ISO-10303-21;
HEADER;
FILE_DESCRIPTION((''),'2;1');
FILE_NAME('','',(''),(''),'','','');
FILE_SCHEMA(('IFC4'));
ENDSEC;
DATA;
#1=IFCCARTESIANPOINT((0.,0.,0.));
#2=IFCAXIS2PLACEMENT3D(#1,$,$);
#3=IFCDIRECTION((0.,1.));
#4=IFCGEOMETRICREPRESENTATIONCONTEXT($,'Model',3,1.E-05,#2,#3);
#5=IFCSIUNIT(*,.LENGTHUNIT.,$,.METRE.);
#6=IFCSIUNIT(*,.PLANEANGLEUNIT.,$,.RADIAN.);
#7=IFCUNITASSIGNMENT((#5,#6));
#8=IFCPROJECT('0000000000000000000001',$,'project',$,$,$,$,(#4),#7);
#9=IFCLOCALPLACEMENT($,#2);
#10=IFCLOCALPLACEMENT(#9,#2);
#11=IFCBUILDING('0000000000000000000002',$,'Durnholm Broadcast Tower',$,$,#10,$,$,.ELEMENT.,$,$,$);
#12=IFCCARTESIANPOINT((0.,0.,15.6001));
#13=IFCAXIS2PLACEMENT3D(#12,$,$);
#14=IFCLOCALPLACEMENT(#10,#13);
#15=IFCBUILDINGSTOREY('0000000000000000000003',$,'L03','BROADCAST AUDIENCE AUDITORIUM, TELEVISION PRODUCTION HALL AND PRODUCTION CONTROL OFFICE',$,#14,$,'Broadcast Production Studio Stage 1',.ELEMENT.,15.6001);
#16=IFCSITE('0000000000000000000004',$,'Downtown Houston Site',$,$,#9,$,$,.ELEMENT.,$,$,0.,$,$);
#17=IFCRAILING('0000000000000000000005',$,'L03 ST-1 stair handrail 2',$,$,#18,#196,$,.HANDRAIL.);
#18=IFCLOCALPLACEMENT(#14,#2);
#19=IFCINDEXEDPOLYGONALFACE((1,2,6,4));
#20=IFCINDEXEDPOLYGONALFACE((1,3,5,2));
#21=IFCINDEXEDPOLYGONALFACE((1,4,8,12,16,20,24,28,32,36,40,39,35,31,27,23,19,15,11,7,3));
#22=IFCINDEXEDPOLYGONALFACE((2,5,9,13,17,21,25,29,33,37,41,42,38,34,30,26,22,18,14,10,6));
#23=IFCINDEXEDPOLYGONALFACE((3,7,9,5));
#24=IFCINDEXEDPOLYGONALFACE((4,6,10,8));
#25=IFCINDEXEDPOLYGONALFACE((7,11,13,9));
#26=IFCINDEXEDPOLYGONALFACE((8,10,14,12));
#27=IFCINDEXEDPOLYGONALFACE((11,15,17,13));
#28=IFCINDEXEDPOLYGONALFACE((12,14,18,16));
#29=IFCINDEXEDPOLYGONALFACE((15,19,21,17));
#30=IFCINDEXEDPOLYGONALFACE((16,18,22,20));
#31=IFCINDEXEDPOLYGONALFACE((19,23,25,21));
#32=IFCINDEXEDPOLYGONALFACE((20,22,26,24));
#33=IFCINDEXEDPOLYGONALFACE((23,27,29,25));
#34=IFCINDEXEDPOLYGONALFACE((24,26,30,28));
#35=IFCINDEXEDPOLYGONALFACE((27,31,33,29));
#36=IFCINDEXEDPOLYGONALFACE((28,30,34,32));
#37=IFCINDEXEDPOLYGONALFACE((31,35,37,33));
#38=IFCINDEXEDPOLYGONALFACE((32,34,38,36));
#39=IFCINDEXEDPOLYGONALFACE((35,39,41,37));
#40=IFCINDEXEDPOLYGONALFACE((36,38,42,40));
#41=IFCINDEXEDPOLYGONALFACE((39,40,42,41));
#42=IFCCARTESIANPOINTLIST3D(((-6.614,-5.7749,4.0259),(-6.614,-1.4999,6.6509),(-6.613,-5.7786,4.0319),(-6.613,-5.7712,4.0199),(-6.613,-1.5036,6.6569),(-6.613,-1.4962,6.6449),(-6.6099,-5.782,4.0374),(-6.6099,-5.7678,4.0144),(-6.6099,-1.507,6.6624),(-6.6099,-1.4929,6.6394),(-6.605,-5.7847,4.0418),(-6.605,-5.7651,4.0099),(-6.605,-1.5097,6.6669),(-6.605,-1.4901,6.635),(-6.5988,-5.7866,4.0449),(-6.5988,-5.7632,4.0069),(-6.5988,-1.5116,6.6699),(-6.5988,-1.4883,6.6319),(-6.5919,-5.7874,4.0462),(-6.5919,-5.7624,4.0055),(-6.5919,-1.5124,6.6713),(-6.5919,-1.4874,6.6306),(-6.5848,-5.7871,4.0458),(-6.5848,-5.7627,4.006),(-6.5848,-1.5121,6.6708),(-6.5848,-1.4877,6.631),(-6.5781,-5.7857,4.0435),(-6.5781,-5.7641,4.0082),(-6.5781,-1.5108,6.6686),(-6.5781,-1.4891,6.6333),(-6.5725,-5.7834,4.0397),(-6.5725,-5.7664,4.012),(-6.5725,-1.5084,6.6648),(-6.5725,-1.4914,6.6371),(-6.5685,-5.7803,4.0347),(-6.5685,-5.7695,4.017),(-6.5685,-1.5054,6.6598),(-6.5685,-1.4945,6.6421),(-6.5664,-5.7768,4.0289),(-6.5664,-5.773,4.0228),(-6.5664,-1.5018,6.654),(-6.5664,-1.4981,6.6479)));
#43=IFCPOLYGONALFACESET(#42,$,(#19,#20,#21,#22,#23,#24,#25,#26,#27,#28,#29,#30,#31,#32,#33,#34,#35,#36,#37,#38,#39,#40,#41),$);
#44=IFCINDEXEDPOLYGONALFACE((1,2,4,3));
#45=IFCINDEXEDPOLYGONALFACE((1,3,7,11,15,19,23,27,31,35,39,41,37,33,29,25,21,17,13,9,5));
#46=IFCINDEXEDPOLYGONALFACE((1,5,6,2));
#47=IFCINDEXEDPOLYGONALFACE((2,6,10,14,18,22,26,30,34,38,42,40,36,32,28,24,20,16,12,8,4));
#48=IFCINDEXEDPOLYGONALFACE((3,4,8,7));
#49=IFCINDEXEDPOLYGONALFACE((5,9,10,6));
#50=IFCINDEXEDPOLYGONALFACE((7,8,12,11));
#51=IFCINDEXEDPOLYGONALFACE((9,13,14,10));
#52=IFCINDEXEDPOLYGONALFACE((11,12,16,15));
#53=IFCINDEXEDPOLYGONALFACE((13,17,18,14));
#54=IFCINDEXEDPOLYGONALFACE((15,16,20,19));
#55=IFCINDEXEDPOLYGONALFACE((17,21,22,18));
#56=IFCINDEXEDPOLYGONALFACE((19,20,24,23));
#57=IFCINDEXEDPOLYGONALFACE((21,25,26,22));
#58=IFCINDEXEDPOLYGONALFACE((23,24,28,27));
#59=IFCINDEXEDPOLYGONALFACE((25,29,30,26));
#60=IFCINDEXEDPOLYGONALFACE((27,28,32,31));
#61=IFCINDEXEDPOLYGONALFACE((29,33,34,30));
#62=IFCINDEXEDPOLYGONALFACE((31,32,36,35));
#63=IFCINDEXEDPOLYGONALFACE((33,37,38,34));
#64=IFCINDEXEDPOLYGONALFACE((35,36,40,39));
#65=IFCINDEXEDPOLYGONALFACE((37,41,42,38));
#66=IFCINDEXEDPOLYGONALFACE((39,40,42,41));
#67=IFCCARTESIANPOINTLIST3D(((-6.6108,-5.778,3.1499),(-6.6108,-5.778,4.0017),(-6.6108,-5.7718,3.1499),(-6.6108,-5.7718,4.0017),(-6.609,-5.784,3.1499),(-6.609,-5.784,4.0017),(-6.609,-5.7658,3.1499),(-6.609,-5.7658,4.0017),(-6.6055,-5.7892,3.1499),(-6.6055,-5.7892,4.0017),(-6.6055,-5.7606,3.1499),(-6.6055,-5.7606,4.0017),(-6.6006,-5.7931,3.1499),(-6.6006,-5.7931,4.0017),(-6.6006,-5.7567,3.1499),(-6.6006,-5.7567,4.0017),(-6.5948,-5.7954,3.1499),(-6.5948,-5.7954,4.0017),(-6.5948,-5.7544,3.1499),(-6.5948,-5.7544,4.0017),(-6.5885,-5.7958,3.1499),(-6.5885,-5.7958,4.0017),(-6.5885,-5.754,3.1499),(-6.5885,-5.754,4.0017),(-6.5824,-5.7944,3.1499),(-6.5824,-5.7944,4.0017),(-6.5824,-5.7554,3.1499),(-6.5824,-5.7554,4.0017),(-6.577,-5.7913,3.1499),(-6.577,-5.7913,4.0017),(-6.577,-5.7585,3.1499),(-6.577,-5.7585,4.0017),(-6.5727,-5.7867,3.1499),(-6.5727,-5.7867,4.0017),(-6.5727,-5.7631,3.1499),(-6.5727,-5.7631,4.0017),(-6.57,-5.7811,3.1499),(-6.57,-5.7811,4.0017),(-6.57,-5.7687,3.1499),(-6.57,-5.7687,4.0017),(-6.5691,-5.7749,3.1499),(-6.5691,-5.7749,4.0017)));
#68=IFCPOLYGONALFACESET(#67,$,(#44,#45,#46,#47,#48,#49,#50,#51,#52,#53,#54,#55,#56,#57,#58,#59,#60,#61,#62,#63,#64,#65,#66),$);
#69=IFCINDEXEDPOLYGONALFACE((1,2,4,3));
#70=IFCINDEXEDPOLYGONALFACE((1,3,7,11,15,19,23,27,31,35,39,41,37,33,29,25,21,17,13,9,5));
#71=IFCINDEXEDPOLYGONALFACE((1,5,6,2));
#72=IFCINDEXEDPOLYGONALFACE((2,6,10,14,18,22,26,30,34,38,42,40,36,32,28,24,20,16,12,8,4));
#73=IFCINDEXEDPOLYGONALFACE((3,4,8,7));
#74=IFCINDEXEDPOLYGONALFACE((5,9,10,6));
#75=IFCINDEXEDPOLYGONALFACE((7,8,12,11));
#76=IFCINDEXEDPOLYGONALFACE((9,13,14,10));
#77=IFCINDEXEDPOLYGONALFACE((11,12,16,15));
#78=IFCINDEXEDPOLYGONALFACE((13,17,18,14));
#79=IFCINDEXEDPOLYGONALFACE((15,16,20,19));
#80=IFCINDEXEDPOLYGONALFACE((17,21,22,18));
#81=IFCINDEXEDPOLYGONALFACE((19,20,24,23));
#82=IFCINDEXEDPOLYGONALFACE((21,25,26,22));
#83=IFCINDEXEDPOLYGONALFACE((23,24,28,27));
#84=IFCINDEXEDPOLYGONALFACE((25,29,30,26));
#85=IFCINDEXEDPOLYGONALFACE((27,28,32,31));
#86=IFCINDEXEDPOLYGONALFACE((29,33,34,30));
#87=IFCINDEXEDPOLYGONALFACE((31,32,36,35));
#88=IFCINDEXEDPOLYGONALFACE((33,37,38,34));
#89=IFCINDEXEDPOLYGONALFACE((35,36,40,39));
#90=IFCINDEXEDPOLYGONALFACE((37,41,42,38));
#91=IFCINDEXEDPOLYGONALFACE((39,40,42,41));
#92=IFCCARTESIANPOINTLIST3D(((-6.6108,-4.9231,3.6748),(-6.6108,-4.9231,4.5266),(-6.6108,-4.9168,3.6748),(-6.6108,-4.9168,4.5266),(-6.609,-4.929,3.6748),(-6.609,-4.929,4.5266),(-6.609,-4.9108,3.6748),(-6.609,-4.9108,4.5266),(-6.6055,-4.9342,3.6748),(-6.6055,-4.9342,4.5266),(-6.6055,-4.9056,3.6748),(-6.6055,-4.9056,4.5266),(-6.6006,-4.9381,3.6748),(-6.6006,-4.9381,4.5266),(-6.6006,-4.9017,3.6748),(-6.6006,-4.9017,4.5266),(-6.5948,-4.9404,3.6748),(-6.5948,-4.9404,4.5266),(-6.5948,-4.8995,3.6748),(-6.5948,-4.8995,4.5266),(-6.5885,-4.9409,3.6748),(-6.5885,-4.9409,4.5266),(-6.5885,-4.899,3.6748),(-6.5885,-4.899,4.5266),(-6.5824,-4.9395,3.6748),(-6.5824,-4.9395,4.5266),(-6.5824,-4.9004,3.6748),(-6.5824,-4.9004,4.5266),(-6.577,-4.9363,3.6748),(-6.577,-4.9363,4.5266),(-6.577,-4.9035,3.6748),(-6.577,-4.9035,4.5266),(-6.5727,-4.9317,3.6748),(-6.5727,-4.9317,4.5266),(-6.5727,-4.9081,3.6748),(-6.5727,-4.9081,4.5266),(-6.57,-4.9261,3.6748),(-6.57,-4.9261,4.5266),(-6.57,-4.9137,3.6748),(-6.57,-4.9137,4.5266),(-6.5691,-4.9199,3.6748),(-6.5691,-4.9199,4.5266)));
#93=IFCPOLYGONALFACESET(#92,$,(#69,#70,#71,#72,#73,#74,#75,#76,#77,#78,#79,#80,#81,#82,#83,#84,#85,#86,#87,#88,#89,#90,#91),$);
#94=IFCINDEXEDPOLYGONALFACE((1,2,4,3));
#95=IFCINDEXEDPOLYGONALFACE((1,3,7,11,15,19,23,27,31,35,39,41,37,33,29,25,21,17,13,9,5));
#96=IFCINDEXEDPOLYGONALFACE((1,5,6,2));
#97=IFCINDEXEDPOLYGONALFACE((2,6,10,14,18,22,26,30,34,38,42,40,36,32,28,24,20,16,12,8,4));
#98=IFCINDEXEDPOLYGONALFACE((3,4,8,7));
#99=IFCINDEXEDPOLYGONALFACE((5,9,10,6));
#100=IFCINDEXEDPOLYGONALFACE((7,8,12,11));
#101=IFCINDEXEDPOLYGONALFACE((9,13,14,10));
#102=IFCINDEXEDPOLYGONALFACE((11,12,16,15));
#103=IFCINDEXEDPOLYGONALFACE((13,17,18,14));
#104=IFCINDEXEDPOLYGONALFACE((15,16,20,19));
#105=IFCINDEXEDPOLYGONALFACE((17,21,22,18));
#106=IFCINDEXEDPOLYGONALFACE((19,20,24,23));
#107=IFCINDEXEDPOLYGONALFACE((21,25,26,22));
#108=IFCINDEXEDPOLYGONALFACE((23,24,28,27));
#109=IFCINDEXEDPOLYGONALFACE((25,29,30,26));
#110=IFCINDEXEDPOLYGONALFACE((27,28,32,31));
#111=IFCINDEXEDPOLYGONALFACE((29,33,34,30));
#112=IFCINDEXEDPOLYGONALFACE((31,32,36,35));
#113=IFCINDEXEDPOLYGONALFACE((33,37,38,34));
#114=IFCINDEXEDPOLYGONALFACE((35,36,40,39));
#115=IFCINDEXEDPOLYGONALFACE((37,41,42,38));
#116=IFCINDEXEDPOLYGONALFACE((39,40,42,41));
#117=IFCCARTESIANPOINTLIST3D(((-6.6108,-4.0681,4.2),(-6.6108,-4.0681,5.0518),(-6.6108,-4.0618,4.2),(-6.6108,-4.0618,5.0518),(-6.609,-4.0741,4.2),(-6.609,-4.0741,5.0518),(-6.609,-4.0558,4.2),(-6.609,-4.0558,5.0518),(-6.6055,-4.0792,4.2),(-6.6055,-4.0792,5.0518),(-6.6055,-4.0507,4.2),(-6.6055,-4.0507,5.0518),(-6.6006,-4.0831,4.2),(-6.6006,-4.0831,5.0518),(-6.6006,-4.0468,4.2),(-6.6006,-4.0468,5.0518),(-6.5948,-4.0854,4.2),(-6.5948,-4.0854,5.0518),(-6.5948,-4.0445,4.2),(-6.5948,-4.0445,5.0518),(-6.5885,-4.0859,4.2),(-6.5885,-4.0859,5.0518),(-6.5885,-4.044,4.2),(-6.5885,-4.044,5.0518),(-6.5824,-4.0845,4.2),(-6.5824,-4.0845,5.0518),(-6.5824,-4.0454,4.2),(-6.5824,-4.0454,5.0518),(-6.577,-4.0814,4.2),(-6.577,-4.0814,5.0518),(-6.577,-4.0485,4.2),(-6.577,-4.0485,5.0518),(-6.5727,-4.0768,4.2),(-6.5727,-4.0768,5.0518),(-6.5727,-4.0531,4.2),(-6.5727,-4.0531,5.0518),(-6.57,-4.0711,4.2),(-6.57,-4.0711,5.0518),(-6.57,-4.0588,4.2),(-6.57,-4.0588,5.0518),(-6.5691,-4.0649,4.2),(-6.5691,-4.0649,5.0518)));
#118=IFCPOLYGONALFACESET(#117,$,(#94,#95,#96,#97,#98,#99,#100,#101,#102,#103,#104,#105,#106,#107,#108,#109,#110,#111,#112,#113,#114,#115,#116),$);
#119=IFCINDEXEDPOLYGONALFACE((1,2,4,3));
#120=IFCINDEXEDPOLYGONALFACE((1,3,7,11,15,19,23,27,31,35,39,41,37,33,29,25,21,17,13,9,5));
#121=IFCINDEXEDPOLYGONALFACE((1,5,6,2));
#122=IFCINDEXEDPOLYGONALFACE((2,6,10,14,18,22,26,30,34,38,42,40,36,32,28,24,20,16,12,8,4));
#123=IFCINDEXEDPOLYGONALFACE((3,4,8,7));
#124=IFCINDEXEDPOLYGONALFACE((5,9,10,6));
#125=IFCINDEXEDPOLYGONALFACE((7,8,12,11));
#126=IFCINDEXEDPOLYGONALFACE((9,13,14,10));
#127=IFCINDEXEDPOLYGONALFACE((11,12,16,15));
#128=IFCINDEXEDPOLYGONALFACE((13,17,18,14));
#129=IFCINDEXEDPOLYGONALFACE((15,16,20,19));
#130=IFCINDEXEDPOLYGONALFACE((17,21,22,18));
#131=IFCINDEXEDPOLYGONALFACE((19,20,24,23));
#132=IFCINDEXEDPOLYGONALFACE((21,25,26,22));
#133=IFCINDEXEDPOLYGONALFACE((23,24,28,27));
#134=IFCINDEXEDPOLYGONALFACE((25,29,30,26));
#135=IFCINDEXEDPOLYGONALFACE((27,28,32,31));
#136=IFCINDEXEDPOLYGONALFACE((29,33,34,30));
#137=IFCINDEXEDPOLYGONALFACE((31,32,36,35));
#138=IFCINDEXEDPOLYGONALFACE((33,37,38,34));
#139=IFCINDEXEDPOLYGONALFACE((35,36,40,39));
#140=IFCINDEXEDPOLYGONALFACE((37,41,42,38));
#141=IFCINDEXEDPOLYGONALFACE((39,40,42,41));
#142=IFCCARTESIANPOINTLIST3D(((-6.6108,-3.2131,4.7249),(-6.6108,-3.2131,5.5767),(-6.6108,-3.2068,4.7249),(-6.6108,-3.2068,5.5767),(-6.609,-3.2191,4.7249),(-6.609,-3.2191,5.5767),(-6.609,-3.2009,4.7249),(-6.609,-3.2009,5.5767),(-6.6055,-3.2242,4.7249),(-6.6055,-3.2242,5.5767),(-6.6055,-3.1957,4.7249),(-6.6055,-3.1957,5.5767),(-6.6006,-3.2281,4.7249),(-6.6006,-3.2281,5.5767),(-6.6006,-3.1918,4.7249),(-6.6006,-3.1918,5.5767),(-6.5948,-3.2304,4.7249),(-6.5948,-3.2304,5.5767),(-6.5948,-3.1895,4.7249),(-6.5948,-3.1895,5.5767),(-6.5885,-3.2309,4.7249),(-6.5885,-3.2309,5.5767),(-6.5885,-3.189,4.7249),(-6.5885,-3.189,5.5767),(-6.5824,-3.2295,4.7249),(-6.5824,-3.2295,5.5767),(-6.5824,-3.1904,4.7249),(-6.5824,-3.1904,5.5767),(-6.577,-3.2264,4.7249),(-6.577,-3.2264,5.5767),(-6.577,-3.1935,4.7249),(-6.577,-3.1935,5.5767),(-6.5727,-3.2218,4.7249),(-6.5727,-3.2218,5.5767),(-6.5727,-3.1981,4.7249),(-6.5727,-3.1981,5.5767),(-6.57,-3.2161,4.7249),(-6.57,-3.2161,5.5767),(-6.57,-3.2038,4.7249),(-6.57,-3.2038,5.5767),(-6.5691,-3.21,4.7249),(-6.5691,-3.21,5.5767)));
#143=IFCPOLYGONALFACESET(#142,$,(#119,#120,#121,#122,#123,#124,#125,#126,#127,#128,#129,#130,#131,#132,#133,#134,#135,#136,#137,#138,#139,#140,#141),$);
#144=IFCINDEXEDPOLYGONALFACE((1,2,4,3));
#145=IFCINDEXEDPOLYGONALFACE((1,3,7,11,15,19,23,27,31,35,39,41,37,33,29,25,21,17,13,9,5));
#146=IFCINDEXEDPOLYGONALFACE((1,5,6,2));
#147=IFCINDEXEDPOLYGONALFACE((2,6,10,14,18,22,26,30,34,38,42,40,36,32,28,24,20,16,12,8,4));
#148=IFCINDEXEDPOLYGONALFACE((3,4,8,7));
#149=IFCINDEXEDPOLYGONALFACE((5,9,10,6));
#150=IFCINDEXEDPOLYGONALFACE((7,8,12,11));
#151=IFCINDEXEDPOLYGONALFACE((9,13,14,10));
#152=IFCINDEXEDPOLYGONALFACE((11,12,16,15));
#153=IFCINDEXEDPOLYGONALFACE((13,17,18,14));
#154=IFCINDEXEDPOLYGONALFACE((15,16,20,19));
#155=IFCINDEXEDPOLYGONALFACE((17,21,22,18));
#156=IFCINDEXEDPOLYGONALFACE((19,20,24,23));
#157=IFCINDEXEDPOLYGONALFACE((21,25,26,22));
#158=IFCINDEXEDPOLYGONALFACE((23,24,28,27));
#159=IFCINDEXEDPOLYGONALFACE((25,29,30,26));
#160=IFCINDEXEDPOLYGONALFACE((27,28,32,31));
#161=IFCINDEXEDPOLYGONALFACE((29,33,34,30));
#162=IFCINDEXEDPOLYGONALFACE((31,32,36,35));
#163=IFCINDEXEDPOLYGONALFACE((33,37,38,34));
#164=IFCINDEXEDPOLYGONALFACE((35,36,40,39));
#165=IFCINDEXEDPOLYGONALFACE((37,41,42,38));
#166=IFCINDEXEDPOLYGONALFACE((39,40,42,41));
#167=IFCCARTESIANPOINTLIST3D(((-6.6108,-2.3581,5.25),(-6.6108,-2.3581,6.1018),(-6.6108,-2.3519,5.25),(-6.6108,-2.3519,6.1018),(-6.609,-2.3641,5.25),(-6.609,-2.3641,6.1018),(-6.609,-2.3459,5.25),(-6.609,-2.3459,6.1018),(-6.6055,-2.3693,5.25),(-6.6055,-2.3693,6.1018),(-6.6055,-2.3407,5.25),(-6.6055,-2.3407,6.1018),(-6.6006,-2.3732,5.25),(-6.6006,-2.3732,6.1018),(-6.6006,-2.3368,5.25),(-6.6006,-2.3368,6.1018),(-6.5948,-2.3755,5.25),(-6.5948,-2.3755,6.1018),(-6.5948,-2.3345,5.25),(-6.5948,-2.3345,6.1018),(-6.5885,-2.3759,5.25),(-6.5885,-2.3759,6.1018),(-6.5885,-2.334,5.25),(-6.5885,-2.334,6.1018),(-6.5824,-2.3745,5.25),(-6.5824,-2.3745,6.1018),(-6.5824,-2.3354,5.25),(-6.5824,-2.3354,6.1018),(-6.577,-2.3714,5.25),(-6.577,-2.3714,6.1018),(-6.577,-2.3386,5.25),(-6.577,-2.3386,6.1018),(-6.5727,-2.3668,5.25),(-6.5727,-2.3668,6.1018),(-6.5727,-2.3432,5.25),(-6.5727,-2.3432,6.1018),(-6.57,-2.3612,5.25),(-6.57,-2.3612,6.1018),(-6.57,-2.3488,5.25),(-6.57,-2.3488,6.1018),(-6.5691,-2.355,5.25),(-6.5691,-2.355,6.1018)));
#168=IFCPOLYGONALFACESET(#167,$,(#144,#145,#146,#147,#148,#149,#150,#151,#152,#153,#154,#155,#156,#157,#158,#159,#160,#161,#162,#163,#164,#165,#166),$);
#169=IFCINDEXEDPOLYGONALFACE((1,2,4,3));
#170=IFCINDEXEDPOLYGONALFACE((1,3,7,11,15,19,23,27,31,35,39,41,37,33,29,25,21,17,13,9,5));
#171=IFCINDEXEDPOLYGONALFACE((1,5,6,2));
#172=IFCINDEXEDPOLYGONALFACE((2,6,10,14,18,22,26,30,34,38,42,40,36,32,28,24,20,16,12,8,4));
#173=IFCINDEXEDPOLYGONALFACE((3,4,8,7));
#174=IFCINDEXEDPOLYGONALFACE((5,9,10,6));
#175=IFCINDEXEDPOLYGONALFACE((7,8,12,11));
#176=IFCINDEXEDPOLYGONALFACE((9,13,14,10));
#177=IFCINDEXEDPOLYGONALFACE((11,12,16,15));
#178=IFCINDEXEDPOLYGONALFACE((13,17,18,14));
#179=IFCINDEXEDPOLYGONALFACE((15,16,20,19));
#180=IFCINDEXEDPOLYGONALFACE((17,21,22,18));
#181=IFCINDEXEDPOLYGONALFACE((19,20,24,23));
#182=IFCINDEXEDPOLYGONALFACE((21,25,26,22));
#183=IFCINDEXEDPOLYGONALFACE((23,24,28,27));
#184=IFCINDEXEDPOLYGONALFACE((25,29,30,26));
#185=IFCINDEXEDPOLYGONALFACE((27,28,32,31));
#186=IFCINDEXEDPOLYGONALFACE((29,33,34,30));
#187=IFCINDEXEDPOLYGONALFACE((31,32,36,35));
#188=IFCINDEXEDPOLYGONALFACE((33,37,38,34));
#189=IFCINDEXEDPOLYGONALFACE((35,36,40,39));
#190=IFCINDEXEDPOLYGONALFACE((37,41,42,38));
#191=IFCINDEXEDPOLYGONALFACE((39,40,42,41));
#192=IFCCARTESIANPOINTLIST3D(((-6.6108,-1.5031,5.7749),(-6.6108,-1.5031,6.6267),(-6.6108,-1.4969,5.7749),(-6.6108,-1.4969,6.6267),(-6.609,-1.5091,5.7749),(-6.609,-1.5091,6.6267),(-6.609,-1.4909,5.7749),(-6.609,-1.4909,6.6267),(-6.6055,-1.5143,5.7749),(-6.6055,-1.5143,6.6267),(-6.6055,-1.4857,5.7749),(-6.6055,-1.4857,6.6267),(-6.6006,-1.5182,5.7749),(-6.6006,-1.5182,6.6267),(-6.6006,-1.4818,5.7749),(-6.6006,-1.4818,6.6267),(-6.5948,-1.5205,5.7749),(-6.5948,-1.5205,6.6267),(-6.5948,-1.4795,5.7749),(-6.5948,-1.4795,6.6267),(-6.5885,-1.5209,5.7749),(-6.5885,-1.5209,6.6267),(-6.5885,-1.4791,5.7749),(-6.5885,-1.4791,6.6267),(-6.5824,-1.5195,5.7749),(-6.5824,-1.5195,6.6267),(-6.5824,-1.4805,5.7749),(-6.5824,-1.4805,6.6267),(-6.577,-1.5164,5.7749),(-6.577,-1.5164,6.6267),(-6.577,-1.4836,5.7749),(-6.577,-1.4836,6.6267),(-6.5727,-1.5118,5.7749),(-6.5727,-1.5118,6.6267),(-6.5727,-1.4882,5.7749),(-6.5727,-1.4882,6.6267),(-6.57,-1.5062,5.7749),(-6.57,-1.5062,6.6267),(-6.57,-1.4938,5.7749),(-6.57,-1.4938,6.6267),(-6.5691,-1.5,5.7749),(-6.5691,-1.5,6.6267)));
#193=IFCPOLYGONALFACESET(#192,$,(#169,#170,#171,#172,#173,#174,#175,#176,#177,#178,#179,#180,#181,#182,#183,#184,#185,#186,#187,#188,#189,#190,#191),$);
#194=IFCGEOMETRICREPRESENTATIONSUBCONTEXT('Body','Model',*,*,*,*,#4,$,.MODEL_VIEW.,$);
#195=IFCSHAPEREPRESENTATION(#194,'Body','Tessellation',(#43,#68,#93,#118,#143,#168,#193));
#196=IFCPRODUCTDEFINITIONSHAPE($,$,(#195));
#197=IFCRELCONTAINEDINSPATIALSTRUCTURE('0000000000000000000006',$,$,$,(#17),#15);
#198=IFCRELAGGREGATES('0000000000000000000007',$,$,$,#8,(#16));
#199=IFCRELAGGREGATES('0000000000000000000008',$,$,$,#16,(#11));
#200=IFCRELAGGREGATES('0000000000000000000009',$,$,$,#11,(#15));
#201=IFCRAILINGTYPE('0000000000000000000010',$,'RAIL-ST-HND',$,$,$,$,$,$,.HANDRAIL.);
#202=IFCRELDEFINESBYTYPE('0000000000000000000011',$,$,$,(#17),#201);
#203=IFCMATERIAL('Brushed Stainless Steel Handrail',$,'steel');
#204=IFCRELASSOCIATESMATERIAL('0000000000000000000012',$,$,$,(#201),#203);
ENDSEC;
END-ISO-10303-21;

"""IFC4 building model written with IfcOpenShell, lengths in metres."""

from ifc_helpers import new_model, si_unit, direction, frame, origin, origin_2d, place, context, subcontext, project, spatial, circle, extrude, material, type_object, element, save


model = new_model("IFC4")

# Units and contexts
model_context = context("Model", 3, precision=1e-05, world=origin(), true_north=direction((0.0, 1.0)))
body_context = subcontext(model_context, "Body", "Model", "MODEL_VIEW")
ifc_project = project(units=[si_unit("LENGTHUNIT", "METRE"), si_unit("PLANEANGLEUNIT", "RADIAN")], contexts=[model_context])

# Site, building, storey
site_placement = place(None, origin())
site = spatial("IfcSite", under=ifc_project, at=site_placement, Name="Downtown Houston Site", CompositionType="ELEMENT", RefElevation=0.0)
building_placement = place(site_placement, origin())
building = spatial("IfcBuilding", under=site, at=building_placement, Name="Durnholm Broadcast Tower", CompositionType="ELEMENT")
storey_placement = place(building_placement, frame((0.0, 0.0, 15.6001)))
storey = spatial("IfcBuildingStorey", under=building, at=storey_placement, Name="L03", Description="BROADCAST AUDIENCE AUDITORIUM, TELEVISION PRODUCTION HALL AND PRODUCTION CONTROL OFFICE", LongName="Broadcast Production Studio Stage 1", CompositionType="ELEMENT", Elevation=15.6001)

# Railing
ifc_material_1 = material(Name="Brushed Stainless Steel Handrail", Category="steel")
railing_type_1 = type_object("IfcRailingType", Name="RAIL-ST-HND", PredefinedType="HANDRAIL", material=ifc_material_1)
railing_1_placement = place(storey_placement, frame((-6.5901, -5.7749, 3.1499)))
element("IfcRailing", 1, at=railing_1_placement, inside=storey, type_object=railing_type_1, Name="L03 ST-1 stair handrail 2", PredefinedType="HANDRAIL", context=body_context, shape_type="SweptSolid", body=[
    extrude(circle(Radius=0.0239, at=origin_2d()), frame((0.0, 0.0, 0.876), z_axis=(0.0, 0.852166, 0.523272), x_axis=(-1.0, 0.0, 0.0)), (0.0, 0.0, 1.0), 5.0166),
    extrude(circle(Radius=0.021, at=origin_2d()), origin(), (0.0, 0.0, 1.0), 0.8518),
    extrude(circle(Radius=0.021, at=origin_2d()), frame((0.0, 0.855, 0.5249)), (0.0, 0.0, 1.0), 0.8518),
    extrude(circle(Radius=0.021, at=origin_2d()), frame((0.0, 1.71, 1.05)), (0.0, 0.0, 1.0), 0.8518),
    extrude(circle(Radius=0.021, at=origin_2d()), frame((0.0, 2.5649, 1.575)), (0.0, 0.0, 1.0), 0.8518),
    extrude(circle(Radius=0.021, at=origin_2d()), frame((0.0, 3.4199, 2.1001)), (0.0, 0.0, 1.0), 0.8518),
    extrude(circle(Radius=0.021, at=origin_2d()), frame((0.0, 4.2749, 2.625)), (0.0, 0.0, 1.0), 0.8518),
])

save(model, "model.ifc")
